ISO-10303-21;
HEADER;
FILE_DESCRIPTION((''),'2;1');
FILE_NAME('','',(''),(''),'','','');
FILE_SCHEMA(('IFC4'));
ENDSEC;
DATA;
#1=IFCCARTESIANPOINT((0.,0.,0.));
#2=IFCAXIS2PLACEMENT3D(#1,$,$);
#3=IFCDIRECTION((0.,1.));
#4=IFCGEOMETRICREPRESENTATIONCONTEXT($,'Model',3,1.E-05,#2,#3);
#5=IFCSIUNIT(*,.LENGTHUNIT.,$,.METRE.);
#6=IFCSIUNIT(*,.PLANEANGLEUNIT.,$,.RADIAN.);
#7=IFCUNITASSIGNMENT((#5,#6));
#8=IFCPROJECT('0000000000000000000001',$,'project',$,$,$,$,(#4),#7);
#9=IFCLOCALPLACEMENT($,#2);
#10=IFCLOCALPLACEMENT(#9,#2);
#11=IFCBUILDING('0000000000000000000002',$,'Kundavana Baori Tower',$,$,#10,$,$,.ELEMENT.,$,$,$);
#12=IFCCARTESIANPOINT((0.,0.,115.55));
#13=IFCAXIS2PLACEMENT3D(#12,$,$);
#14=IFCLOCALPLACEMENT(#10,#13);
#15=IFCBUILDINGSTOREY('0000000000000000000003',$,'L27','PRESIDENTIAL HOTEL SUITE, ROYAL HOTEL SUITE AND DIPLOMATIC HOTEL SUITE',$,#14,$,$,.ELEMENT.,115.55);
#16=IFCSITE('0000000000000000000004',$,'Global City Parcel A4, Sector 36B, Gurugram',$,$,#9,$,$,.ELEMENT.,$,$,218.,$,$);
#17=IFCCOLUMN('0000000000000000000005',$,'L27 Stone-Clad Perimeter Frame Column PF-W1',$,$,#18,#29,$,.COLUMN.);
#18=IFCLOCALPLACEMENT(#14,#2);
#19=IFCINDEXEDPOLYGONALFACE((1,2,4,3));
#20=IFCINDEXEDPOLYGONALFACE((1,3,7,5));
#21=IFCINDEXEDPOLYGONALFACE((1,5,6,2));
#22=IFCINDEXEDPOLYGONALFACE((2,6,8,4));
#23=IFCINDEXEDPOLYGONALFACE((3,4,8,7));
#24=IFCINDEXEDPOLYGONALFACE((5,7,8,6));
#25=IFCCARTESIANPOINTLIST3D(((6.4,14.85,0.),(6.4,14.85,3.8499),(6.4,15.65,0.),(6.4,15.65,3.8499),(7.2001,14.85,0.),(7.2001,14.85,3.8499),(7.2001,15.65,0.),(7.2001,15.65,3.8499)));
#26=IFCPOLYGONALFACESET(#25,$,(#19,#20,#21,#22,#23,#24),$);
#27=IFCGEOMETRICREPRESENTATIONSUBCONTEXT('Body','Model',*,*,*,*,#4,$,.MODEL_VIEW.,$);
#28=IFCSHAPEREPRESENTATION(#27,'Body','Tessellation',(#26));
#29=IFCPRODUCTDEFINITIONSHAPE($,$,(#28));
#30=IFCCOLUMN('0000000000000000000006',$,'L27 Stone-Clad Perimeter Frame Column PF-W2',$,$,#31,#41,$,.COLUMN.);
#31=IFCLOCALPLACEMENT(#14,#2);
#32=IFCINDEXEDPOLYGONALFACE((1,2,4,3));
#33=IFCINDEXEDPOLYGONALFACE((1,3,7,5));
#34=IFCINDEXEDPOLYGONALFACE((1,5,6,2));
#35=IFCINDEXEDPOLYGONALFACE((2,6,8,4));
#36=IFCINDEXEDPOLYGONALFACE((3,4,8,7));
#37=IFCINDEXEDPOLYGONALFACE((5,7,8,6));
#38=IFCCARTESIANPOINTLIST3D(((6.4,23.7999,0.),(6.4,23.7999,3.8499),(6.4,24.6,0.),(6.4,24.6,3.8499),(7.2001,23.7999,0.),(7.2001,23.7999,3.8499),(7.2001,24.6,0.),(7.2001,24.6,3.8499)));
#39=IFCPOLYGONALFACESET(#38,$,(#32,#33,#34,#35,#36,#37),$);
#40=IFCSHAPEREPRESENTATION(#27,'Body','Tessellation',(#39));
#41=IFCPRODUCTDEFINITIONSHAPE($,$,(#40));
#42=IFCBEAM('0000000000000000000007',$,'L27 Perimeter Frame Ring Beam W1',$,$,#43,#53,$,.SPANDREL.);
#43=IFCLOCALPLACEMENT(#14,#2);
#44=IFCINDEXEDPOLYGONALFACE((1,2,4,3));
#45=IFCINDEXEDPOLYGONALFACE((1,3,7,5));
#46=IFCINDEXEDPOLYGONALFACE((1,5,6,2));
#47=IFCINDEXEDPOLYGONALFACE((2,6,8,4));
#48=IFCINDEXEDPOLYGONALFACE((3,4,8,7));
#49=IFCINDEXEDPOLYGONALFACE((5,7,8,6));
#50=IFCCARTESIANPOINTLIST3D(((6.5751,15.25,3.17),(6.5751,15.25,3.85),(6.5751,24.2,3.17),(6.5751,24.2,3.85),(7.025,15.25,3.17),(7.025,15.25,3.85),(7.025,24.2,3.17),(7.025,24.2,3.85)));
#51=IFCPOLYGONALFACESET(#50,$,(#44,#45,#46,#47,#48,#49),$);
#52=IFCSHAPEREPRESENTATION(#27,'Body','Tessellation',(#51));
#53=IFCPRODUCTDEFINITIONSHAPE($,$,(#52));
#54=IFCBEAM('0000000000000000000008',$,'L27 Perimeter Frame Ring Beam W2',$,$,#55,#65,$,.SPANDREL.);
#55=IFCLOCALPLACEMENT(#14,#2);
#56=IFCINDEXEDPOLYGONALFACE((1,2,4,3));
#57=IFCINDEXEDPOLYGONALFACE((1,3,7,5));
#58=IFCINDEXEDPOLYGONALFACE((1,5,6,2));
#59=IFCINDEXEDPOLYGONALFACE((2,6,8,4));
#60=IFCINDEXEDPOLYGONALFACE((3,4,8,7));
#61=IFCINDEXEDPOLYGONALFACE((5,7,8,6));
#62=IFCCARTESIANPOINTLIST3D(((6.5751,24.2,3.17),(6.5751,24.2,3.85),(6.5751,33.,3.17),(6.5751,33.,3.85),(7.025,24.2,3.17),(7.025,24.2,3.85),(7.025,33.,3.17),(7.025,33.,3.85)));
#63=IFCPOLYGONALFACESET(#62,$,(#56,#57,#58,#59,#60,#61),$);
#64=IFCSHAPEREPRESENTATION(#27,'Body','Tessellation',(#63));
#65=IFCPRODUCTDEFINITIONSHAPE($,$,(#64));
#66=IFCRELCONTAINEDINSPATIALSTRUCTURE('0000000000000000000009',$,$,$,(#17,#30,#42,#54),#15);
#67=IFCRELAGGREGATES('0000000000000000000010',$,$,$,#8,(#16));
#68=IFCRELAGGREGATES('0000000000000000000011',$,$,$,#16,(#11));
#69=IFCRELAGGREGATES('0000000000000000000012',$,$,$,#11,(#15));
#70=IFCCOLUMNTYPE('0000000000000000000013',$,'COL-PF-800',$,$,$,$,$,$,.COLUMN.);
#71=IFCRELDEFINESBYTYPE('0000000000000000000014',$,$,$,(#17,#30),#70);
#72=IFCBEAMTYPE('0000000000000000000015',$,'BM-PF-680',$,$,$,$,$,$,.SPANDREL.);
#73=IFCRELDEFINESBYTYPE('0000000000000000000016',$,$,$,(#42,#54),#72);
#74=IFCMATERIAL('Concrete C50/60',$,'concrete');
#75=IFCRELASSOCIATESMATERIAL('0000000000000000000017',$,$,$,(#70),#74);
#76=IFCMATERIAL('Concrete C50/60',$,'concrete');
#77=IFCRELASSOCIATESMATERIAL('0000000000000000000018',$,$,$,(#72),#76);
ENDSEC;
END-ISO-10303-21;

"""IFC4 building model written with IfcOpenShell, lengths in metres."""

from ifc_helpers import new_model, si_unit, direction, frame, origin, origin_2d, place, context, subcontext, project, spatial, rectangle, extrude, material, material_profile, profile_set, type_object, element, save


model = new_model("IFC4")

# Units and contexts
model_context = context("Model", 3, precision=1e-05, world=origin(), true_north=direction((0.0, 1.0)))
body_context = subcontext(model_context, "Body", "Model", "MODEL_VIEW")
ifc_project = project(units=[si_unit("LENGTHUNIT", "METRE"), si_unit("PLANEANGLEUNIT", "RADIAN")], contexts=[model_context])

# Site, building, storey
site_placement = place(None, origin())
site = spatial("IfcSite", under=ifc_project, at=site_placement, Name="Global City Parcel A4, Sector 36B, Gurugram", CompositionType="ELEMENT", RefElevation=218.0)
building_placement = place(site_placement, origin())
building = spatial("IfcBuilding", under=site, at=building_placement, Name="Kundavana Baori Tower", CompositionType="ELEMENT")
storey_placement = place(building_placement, frame((0.0, 0.0, 115.55)))
storey = spatial("IfcBuildingStorey", under=building, at=storey_placement, Name="L27", Description="PRESIDENTIAL HOTEL SUITE, ROYAL HOTEL SUITE AND DIPLOMATIC HOTEL SUITE", CompositionType="ELEMENT", Elevation=115.55)

# Columns
ifc_material_1 = material(Name="Concrete C50/60", Category="concrete")
ifc_material_profile_1 = material_profile(ifc_material_1, rectangle(XDim=0.8, YDim=0.8, at=origin_2d()), Name="RC PF 800x800")
ifc_profile_set_1 = profile_set([ifc_material_profile_1], Name="Concrete C50/60")
column_type = type_object("IfcColumnType", Name="COL-PF-800", PredefinedType="COLUMN", material=ifc_profile_set_1)
for number, where, z_axis, x_axis, name in (
    (1, (6.8, 15.25, 0.0), (0.0, 0.0, 1.0), (1.0, 0.0, 0.0), "L27 Stone-Clad Perimeter Frame Column PF-W1"),
    (2, (6.8, 24.2, 0.0), (0.0, 0.0, 1.0), (1.0, 0.0, 0.0), "L27 Stone-Clad Perimeter Frame Column PF-W2"),
):
    element("IfcColumn", number, at=place(storey_placement, frame(where, z_axis=z_axis, x_axis=x_axis)), inside=storey, type_object=column_type, Name=name, PredefinedType="COLUMN", context=body_context, shape_type="SweptSolid", body=[
        extrude(rectangle(XDim=0.8, YDim=0.8, at=origin_2d()), origin(), (0.0, 0.0, 1.0), 3.8499),
    ])

# Beams
ifc_material_2 = material(Name="Concrete C50/60", Category="concrete")
ifc_material_profile_2 = material_profile(ifc_material_2, rectangle(XDim=0.45, YDim=0.6799, at=origin_2d()), Name="RC BM 450x680")
ifc_profile_set_2 = profile_set([ifc_material_profile_2], Name="Concrete C50/60")
beam_type = type_object("IfcBeamType", Name="BM-PF-680", PredefinedType="SPANDREL", material=ifc_profile_set_2)
beam_1_placement = place(storey_placement, frame((6.8, 15.25, 3.51), z_axis=(0.0, 1.0, 0.0), x_axis=(-1.0, 0.0, 0.0)))
element("IfcBeam", 3, at=beam_1_placement, inside=storey, type_object=beam_type, Name="L27 Perimeter Frame Ring Beam W1", PredefinedType="SPANDREL", context=body_context, shape_type="SweptSolid", body=[
    extrude(rectangle(XDim=0.45, YDim=0.6799, at=origin_2d()), origin(), (0.0, 0.0, 1.0), 8.95),
])
beam_2_placement = place(storey_placement, frame((6.8, 24.2, 3.51), z_axis=(0.0, 1.0, 0.0), x_axis=(-1.0, 0.0, 0.0)))
element("IfcBeam", 4, at=beam_2_placement, inside=storey, type_object=beam_type, Name="L27 Perimeter Frame Ring Beam W2", PredefinedType="SPANDREL", context=body_context, shape_type="SweptSolid", body=[
    extrude(rectangle(XDim=0.45, YDim=0.6799, at=origin_2d()), origin(), (0.0, 0.0, 1.0), 8.8),
])

save(model, "model.ifc")
